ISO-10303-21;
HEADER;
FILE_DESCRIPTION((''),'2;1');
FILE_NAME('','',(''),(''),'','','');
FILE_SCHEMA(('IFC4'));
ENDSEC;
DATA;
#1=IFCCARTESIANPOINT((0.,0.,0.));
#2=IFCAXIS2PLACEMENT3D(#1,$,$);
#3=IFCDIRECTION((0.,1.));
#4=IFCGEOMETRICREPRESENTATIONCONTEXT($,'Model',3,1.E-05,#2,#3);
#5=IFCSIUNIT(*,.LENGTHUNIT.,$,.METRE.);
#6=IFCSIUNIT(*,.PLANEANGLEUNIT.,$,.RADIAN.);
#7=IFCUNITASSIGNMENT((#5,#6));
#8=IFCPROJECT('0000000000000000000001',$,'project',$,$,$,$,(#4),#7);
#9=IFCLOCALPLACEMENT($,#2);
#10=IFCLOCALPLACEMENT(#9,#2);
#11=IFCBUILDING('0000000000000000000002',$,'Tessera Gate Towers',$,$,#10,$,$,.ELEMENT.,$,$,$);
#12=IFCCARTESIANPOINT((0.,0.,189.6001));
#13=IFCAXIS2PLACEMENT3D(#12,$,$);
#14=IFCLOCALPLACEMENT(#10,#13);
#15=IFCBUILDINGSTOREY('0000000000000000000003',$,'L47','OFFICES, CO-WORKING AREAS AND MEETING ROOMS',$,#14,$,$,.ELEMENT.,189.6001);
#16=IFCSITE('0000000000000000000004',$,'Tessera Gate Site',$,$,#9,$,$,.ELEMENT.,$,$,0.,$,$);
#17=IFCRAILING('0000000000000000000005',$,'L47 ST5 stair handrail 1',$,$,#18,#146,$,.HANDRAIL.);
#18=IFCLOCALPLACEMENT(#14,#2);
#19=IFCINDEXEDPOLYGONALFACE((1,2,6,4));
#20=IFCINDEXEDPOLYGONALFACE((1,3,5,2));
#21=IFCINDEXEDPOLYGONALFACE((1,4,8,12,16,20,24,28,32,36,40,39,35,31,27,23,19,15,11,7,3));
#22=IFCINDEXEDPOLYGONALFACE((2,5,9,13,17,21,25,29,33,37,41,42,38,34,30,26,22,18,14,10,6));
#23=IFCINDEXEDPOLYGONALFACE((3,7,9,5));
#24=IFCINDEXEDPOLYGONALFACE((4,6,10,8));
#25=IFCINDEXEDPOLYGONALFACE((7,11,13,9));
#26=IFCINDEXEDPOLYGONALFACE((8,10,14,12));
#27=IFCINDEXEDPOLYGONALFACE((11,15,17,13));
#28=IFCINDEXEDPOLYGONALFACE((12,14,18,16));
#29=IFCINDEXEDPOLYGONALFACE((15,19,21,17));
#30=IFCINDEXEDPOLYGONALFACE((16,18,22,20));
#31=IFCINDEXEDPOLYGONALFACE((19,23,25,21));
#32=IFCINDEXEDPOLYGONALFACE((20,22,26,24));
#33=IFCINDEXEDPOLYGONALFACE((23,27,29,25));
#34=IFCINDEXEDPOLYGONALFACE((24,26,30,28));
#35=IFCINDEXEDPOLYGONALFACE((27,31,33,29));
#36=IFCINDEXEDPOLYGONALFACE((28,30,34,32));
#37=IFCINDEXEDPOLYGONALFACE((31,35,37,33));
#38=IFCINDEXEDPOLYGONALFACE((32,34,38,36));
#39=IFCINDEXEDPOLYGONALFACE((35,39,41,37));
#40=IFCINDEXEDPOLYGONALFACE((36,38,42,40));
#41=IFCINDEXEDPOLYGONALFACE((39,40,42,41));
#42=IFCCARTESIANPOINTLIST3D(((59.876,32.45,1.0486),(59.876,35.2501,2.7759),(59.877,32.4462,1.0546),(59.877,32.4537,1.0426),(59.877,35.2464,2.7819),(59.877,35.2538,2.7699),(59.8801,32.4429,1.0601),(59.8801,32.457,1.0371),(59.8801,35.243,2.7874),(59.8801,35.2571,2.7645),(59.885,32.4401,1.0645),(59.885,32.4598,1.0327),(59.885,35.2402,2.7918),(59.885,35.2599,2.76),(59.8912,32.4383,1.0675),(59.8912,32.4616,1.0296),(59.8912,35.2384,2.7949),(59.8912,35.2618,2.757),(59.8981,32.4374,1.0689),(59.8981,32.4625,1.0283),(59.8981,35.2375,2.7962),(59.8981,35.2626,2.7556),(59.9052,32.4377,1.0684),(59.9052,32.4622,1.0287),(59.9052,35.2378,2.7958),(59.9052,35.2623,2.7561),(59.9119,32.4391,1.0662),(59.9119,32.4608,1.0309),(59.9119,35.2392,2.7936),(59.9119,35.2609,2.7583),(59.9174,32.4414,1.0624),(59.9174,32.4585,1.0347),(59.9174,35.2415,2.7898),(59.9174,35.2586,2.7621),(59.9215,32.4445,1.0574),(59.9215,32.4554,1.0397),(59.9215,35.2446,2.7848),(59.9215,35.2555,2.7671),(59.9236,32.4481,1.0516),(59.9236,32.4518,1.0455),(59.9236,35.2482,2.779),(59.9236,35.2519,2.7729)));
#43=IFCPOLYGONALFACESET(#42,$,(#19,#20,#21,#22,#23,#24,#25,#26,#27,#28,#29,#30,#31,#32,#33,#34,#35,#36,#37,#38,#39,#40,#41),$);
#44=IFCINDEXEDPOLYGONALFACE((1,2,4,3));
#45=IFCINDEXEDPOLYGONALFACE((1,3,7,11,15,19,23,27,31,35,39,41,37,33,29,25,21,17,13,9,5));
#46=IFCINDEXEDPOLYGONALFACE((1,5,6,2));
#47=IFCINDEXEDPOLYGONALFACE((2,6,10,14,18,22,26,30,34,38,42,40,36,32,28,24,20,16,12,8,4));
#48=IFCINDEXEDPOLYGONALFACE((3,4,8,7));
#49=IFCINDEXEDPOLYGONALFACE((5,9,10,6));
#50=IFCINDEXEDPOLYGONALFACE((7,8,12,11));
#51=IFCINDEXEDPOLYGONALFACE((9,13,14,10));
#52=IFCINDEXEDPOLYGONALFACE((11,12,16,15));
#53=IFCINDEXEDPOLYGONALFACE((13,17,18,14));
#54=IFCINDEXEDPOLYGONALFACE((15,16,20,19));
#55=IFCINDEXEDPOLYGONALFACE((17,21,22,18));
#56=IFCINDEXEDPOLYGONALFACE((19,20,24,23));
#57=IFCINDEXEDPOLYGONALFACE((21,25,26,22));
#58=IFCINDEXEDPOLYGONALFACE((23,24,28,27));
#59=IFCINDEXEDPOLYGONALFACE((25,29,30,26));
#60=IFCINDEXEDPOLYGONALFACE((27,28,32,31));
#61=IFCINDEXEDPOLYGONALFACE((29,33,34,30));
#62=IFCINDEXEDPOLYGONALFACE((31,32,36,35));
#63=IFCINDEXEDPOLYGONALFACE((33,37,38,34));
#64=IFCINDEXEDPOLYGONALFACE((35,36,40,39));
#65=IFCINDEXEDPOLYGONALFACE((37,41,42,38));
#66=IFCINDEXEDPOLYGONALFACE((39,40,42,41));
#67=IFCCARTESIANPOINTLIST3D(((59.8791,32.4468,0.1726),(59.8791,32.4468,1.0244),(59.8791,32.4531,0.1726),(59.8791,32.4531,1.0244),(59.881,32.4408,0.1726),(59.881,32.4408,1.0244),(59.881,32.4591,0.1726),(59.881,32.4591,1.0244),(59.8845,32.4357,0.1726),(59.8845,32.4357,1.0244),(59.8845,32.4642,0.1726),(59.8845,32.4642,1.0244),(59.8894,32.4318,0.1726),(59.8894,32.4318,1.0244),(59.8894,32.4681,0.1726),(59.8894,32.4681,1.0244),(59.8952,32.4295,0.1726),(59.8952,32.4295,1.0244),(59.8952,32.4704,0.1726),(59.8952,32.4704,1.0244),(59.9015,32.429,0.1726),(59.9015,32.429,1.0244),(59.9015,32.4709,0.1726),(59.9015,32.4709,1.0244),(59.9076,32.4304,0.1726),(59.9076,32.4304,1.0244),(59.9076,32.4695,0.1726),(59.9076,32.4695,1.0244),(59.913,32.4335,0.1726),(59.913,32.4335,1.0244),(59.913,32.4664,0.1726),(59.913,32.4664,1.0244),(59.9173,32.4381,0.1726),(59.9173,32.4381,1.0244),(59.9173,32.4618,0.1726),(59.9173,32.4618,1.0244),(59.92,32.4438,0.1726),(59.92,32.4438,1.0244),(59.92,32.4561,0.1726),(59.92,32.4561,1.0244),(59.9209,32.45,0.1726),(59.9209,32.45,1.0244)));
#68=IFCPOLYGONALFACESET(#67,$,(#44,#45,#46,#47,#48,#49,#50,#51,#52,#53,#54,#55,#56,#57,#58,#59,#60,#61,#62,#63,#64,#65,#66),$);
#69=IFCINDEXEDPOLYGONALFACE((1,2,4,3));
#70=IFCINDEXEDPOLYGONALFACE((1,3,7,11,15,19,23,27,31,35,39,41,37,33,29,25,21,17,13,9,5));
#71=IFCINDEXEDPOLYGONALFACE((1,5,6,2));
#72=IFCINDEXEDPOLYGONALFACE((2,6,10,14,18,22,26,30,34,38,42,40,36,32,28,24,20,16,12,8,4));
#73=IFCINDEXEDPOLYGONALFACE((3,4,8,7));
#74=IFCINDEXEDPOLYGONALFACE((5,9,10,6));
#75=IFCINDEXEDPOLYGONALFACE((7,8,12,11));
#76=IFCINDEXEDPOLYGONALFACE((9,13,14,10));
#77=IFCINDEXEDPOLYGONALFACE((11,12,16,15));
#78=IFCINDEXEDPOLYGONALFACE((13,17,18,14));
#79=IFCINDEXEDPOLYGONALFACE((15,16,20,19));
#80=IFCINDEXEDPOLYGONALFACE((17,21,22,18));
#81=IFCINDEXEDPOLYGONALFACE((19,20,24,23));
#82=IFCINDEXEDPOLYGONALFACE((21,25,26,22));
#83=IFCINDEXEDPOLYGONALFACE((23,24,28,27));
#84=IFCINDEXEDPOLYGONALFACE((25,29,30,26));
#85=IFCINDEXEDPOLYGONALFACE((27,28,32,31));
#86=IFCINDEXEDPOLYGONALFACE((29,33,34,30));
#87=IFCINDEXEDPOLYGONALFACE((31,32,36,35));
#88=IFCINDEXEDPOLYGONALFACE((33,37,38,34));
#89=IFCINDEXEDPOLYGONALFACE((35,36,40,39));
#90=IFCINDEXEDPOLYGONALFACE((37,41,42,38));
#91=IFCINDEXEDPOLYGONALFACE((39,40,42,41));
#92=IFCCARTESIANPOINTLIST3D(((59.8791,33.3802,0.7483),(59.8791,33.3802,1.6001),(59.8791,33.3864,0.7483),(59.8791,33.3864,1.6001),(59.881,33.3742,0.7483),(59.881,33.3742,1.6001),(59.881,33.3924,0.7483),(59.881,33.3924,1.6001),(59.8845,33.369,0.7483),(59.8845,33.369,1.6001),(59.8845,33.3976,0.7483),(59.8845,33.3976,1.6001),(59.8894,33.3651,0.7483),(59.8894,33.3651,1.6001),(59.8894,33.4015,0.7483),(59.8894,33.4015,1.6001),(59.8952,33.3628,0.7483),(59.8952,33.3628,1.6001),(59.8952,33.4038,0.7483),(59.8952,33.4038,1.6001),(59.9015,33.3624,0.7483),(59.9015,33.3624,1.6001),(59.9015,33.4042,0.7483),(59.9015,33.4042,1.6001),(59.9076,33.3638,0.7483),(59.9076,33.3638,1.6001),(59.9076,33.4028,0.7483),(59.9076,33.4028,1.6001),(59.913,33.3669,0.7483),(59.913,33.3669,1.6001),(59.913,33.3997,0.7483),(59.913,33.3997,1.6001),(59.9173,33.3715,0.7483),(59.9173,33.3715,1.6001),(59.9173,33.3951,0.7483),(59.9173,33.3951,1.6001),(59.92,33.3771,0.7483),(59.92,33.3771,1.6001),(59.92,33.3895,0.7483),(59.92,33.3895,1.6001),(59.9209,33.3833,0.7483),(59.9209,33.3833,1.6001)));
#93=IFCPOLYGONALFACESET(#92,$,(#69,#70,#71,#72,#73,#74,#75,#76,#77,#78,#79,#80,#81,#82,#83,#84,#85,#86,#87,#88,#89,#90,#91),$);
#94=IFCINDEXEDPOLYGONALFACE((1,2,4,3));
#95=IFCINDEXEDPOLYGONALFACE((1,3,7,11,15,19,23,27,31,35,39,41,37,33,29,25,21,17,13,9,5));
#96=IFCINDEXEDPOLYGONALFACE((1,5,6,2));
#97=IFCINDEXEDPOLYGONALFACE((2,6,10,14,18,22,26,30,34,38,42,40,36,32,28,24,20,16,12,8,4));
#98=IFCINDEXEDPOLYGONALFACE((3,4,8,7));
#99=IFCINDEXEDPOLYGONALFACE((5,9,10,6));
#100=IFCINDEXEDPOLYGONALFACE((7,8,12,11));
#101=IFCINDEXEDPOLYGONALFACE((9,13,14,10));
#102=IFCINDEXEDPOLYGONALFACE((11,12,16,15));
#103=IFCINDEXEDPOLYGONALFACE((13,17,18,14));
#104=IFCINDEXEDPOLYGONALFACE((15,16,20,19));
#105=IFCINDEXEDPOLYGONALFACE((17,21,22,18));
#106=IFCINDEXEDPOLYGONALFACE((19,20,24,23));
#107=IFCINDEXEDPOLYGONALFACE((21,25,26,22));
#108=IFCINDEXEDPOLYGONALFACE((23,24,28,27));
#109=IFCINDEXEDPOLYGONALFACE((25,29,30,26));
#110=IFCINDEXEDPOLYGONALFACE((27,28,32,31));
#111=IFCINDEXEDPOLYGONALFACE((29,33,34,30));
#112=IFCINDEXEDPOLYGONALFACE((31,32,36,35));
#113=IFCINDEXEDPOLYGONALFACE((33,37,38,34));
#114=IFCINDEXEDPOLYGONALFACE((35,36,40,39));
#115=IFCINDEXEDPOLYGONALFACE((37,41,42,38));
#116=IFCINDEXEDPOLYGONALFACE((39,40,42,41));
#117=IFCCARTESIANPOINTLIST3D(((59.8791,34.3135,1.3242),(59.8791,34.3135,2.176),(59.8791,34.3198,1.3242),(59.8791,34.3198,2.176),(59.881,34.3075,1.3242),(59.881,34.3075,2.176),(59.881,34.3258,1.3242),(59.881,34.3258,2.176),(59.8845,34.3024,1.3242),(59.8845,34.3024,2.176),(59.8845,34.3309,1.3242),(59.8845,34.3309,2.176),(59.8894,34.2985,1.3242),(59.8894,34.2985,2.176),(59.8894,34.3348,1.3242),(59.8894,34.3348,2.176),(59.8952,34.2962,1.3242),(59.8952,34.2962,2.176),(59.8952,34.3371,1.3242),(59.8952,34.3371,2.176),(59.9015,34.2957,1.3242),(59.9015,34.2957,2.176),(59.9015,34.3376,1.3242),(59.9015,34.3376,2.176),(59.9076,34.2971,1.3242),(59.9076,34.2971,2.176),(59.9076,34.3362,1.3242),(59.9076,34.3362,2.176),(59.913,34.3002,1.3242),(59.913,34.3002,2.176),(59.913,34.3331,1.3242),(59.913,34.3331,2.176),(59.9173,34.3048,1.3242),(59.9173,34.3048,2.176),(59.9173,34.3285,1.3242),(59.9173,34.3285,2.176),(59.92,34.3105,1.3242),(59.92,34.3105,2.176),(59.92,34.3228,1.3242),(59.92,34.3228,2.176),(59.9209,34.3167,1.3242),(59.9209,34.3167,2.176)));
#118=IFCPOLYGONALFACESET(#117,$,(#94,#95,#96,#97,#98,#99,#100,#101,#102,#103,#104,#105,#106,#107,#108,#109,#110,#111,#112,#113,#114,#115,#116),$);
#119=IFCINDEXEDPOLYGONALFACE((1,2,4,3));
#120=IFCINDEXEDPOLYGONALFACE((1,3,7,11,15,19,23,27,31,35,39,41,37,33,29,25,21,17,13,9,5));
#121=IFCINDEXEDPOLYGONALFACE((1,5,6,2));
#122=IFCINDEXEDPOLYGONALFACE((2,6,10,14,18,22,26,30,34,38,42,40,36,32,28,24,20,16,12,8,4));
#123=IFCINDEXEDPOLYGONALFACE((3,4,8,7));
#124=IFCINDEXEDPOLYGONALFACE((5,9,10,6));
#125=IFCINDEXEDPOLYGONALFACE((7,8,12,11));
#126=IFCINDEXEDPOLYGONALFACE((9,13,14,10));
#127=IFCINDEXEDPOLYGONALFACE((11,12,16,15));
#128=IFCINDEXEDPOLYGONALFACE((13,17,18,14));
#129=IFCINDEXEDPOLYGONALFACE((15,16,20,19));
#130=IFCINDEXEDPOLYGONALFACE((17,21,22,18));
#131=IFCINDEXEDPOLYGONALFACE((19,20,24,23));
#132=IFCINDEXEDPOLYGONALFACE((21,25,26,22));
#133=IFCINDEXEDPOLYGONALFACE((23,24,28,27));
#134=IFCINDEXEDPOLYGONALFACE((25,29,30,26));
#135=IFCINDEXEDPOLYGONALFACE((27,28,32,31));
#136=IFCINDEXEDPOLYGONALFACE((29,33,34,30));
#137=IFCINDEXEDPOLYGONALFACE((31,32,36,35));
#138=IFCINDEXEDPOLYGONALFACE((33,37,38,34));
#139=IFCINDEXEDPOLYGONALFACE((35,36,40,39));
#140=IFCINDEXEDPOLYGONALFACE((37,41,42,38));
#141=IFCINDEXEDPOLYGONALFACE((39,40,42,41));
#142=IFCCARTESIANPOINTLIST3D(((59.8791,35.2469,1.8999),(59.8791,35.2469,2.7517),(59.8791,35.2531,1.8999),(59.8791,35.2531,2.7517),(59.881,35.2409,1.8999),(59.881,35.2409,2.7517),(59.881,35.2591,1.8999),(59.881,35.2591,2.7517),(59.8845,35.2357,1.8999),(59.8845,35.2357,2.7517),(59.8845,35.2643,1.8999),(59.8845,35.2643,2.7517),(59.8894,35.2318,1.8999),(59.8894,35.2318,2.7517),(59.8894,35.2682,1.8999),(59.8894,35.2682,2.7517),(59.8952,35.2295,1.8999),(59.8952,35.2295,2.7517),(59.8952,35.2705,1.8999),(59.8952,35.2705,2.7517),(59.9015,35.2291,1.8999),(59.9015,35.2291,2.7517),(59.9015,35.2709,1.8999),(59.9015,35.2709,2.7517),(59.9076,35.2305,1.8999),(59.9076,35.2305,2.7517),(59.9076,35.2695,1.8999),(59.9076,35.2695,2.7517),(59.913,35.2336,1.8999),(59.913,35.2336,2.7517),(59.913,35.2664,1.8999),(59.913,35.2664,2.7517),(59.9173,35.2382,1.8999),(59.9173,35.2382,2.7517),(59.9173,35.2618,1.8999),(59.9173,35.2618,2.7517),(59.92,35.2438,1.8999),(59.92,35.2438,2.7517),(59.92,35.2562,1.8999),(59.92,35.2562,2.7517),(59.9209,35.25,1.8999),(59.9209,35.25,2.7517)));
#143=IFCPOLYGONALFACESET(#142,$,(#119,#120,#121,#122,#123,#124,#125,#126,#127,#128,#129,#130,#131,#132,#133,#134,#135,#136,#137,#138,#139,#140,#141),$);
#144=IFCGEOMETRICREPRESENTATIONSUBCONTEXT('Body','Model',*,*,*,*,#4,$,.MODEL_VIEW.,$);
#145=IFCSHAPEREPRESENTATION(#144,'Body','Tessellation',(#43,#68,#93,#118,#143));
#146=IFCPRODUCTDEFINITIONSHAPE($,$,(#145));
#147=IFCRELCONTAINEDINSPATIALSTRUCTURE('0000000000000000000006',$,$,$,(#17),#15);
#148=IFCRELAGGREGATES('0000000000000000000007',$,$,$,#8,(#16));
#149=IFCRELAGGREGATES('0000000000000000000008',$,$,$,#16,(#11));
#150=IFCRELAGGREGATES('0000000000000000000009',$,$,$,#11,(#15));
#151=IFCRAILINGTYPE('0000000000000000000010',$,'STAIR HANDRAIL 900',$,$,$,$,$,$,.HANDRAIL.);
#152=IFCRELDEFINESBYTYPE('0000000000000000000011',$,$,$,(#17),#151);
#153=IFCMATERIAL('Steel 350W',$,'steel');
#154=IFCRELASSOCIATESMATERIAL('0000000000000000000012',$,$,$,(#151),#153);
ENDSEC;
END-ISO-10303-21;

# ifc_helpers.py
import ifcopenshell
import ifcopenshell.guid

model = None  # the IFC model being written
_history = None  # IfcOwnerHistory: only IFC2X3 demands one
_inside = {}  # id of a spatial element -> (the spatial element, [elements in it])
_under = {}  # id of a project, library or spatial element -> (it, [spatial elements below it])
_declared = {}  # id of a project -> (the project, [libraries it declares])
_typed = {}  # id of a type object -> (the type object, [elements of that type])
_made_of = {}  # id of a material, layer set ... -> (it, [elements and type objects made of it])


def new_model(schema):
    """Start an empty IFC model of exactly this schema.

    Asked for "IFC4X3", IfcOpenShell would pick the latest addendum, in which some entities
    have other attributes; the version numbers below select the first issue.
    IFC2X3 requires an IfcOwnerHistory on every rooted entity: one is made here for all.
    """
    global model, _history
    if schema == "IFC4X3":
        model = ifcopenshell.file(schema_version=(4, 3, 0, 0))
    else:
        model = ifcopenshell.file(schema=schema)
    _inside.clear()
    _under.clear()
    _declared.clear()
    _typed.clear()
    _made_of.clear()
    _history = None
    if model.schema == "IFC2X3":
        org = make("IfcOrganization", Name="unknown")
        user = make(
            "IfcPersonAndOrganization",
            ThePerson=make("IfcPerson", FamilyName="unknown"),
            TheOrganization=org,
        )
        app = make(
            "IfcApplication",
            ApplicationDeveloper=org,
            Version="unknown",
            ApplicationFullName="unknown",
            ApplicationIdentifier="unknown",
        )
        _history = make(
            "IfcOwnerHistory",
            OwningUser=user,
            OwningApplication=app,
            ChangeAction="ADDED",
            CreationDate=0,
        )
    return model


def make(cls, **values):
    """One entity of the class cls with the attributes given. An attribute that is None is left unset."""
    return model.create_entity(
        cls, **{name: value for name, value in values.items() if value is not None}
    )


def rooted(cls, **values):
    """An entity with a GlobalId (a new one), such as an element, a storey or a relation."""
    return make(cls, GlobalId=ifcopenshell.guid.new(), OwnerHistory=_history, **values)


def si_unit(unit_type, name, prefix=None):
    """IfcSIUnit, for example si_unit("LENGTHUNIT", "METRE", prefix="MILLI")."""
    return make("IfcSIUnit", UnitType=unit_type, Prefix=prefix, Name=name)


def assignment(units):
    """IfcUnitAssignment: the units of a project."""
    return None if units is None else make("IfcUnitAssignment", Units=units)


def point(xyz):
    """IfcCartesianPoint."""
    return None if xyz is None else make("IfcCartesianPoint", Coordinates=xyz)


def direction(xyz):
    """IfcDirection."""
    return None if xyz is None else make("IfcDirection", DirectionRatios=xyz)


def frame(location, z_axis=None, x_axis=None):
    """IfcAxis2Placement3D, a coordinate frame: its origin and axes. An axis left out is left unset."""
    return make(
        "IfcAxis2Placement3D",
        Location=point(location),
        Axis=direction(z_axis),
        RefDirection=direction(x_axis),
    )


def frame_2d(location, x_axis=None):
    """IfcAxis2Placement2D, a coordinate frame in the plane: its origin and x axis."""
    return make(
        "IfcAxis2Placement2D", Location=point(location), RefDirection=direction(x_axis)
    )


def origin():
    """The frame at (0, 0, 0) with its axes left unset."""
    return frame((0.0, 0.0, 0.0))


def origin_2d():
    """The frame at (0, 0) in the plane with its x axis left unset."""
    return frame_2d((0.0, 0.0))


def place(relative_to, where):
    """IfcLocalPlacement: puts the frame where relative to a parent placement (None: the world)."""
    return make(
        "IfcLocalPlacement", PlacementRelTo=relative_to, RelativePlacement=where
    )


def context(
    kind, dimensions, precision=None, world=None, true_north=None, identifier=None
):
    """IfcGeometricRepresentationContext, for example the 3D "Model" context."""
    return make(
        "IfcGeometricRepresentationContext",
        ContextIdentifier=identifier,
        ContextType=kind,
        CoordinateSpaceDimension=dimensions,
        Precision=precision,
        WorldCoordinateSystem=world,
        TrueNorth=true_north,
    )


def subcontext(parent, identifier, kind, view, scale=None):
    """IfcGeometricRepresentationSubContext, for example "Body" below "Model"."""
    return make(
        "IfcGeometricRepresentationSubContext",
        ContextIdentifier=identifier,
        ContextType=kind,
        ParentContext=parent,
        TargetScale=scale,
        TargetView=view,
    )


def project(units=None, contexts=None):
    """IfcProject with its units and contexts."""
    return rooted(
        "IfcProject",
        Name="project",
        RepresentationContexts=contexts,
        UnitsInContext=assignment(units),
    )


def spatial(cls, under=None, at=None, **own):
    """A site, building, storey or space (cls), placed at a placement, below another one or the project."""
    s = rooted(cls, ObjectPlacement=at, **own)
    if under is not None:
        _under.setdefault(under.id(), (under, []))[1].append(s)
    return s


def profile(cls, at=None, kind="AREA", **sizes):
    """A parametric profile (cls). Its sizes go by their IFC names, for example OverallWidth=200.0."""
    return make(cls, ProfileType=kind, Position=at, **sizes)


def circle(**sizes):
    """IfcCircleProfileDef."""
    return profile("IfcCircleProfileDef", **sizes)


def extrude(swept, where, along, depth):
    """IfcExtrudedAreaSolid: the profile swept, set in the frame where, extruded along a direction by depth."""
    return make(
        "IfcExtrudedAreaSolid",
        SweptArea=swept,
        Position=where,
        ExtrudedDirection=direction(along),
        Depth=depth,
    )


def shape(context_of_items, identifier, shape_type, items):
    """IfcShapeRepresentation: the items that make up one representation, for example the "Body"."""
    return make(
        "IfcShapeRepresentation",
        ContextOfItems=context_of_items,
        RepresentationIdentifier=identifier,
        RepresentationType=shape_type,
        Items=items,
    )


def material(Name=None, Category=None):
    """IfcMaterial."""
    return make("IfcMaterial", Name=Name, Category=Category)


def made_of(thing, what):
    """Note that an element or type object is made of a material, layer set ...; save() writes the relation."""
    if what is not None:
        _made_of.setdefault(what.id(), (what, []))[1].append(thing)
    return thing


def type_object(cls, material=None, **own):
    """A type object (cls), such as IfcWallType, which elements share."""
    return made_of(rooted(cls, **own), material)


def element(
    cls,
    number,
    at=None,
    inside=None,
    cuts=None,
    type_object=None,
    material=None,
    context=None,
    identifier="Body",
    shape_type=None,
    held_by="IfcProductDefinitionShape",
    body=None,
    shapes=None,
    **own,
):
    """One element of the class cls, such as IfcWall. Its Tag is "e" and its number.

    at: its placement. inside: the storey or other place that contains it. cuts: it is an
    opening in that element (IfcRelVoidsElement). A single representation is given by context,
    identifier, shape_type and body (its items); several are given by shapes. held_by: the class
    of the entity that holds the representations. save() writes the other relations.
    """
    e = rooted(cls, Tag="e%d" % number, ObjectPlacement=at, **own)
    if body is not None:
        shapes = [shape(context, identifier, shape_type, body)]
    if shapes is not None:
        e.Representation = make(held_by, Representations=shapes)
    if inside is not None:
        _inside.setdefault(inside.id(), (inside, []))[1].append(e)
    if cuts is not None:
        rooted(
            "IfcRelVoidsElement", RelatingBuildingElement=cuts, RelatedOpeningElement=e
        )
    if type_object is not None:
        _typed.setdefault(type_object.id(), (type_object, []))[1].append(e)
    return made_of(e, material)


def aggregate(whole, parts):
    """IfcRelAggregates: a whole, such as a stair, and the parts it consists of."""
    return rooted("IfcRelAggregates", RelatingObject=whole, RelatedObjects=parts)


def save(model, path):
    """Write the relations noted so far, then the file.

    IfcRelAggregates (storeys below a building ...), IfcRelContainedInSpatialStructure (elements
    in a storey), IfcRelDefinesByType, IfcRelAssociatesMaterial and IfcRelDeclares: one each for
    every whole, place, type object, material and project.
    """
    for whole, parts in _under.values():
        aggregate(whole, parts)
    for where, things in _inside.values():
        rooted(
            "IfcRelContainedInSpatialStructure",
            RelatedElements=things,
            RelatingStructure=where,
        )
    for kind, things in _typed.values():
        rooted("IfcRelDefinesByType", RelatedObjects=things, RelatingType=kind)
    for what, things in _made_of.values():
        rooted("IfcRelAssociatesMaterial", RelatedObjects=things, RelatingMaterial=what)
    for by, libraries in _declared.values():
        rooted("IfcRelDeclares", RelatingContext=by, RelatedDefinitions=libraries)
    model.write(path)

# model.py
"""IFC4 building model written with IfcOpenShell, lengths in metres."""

from ifc_helpers import new_model, si_unit, direction, frame, origin, origin_2d, place, context, subcontext, project, spatial, circle, extrude, material, type_object, element, save


model = new_model("IFC4")

# Units and contexts
model_context = context("Model", 3, precision=1e-05, world=origin(), true_north=direction((0.0, 1.0)))
body_context = subcontext(model_context, "Body", "Model", "MODEL_VIEW")
ifc_project = project(units=[si_unit("LENGTHUNIT", "METRE"), si_unit("PLANEANGLEUNIT", "RADIAN")], contexts=[model_context])

# Site, building, storey
site_placement = place(None, origin())
site = spatial("IfcSite", under=ifc_project, at=site_placement, Name="Tessera Gate Site", CompositionType="ELEMENT", RefElevation=0.0)
building_placement = place(site_placement, origin())
building = spatial("IfcBuilding", under=site, at=building_placement, Name="Tessera Gate Towers", CompositionType="ELEMENT")
storey_placement = place(building_placement, frame((0.0, 0.0, 189.6001)))
storey = spatial("IfcBuildingStorey", under=building, at=storey_placement, Name="L47", Description="OFFICES, CO-WORKING AREAS AND MEETING ROOMS", CompositionType="ELEMENT", Elevation=189.6001)

# Railing
ifc_material_1 = material(Name="Steel 350W", Category="steel")
railing_type_1 = type_object("IfcRailingType", Name="STAIR HANDRAIL 900", PredefinedType="HANDRAIL", material=ifc_material_1)
railing_1_placement = place(storey_placement, frame((59.8999, 32.45, 0.1726)))
element("IfcRailing", 1, at=railing_1_placement, inside=storey, type_object=railing_type_1, Name="L47 ST5 stair handrail 1", PredefinedType="HANDRAIL", context=body_context, shape_type="SweptSolid", body=[
    extrude(circle(Radius=0.0239, at=origin_2d()), frame((0.0, 0.0, 0.876), z_axis=(0.0, 0.85109, 0.52502), x_axis=(-1.0, 0.0, 0.0)), (0.0, 0.0, 1.0), 3.29),
    extrude(circle(Radius=0.021, at=origin_2d()), origin(), (0.0, 0.0, 1.0), 0.8518),
    extrude(circle(Radius=0.021, at=origin_2d()), frame((0.0, 0.9333, 0.5757)), (0.0, 0.0, 1.0), 0.8518),
    extrude(circle(Radius=0.021, at=origin_2d()), frame((0.0, 1.8667, 1.1516)), (0.0, 0.0, 1.0), 0.8518),
    extrude(circle(Radius=0.021, at=origin_2d()), frame((0.0, 2.8, 1.7273)), (0.0, 0.0, 1.0), 0.8518),
])

save(model, "model.ifc")
